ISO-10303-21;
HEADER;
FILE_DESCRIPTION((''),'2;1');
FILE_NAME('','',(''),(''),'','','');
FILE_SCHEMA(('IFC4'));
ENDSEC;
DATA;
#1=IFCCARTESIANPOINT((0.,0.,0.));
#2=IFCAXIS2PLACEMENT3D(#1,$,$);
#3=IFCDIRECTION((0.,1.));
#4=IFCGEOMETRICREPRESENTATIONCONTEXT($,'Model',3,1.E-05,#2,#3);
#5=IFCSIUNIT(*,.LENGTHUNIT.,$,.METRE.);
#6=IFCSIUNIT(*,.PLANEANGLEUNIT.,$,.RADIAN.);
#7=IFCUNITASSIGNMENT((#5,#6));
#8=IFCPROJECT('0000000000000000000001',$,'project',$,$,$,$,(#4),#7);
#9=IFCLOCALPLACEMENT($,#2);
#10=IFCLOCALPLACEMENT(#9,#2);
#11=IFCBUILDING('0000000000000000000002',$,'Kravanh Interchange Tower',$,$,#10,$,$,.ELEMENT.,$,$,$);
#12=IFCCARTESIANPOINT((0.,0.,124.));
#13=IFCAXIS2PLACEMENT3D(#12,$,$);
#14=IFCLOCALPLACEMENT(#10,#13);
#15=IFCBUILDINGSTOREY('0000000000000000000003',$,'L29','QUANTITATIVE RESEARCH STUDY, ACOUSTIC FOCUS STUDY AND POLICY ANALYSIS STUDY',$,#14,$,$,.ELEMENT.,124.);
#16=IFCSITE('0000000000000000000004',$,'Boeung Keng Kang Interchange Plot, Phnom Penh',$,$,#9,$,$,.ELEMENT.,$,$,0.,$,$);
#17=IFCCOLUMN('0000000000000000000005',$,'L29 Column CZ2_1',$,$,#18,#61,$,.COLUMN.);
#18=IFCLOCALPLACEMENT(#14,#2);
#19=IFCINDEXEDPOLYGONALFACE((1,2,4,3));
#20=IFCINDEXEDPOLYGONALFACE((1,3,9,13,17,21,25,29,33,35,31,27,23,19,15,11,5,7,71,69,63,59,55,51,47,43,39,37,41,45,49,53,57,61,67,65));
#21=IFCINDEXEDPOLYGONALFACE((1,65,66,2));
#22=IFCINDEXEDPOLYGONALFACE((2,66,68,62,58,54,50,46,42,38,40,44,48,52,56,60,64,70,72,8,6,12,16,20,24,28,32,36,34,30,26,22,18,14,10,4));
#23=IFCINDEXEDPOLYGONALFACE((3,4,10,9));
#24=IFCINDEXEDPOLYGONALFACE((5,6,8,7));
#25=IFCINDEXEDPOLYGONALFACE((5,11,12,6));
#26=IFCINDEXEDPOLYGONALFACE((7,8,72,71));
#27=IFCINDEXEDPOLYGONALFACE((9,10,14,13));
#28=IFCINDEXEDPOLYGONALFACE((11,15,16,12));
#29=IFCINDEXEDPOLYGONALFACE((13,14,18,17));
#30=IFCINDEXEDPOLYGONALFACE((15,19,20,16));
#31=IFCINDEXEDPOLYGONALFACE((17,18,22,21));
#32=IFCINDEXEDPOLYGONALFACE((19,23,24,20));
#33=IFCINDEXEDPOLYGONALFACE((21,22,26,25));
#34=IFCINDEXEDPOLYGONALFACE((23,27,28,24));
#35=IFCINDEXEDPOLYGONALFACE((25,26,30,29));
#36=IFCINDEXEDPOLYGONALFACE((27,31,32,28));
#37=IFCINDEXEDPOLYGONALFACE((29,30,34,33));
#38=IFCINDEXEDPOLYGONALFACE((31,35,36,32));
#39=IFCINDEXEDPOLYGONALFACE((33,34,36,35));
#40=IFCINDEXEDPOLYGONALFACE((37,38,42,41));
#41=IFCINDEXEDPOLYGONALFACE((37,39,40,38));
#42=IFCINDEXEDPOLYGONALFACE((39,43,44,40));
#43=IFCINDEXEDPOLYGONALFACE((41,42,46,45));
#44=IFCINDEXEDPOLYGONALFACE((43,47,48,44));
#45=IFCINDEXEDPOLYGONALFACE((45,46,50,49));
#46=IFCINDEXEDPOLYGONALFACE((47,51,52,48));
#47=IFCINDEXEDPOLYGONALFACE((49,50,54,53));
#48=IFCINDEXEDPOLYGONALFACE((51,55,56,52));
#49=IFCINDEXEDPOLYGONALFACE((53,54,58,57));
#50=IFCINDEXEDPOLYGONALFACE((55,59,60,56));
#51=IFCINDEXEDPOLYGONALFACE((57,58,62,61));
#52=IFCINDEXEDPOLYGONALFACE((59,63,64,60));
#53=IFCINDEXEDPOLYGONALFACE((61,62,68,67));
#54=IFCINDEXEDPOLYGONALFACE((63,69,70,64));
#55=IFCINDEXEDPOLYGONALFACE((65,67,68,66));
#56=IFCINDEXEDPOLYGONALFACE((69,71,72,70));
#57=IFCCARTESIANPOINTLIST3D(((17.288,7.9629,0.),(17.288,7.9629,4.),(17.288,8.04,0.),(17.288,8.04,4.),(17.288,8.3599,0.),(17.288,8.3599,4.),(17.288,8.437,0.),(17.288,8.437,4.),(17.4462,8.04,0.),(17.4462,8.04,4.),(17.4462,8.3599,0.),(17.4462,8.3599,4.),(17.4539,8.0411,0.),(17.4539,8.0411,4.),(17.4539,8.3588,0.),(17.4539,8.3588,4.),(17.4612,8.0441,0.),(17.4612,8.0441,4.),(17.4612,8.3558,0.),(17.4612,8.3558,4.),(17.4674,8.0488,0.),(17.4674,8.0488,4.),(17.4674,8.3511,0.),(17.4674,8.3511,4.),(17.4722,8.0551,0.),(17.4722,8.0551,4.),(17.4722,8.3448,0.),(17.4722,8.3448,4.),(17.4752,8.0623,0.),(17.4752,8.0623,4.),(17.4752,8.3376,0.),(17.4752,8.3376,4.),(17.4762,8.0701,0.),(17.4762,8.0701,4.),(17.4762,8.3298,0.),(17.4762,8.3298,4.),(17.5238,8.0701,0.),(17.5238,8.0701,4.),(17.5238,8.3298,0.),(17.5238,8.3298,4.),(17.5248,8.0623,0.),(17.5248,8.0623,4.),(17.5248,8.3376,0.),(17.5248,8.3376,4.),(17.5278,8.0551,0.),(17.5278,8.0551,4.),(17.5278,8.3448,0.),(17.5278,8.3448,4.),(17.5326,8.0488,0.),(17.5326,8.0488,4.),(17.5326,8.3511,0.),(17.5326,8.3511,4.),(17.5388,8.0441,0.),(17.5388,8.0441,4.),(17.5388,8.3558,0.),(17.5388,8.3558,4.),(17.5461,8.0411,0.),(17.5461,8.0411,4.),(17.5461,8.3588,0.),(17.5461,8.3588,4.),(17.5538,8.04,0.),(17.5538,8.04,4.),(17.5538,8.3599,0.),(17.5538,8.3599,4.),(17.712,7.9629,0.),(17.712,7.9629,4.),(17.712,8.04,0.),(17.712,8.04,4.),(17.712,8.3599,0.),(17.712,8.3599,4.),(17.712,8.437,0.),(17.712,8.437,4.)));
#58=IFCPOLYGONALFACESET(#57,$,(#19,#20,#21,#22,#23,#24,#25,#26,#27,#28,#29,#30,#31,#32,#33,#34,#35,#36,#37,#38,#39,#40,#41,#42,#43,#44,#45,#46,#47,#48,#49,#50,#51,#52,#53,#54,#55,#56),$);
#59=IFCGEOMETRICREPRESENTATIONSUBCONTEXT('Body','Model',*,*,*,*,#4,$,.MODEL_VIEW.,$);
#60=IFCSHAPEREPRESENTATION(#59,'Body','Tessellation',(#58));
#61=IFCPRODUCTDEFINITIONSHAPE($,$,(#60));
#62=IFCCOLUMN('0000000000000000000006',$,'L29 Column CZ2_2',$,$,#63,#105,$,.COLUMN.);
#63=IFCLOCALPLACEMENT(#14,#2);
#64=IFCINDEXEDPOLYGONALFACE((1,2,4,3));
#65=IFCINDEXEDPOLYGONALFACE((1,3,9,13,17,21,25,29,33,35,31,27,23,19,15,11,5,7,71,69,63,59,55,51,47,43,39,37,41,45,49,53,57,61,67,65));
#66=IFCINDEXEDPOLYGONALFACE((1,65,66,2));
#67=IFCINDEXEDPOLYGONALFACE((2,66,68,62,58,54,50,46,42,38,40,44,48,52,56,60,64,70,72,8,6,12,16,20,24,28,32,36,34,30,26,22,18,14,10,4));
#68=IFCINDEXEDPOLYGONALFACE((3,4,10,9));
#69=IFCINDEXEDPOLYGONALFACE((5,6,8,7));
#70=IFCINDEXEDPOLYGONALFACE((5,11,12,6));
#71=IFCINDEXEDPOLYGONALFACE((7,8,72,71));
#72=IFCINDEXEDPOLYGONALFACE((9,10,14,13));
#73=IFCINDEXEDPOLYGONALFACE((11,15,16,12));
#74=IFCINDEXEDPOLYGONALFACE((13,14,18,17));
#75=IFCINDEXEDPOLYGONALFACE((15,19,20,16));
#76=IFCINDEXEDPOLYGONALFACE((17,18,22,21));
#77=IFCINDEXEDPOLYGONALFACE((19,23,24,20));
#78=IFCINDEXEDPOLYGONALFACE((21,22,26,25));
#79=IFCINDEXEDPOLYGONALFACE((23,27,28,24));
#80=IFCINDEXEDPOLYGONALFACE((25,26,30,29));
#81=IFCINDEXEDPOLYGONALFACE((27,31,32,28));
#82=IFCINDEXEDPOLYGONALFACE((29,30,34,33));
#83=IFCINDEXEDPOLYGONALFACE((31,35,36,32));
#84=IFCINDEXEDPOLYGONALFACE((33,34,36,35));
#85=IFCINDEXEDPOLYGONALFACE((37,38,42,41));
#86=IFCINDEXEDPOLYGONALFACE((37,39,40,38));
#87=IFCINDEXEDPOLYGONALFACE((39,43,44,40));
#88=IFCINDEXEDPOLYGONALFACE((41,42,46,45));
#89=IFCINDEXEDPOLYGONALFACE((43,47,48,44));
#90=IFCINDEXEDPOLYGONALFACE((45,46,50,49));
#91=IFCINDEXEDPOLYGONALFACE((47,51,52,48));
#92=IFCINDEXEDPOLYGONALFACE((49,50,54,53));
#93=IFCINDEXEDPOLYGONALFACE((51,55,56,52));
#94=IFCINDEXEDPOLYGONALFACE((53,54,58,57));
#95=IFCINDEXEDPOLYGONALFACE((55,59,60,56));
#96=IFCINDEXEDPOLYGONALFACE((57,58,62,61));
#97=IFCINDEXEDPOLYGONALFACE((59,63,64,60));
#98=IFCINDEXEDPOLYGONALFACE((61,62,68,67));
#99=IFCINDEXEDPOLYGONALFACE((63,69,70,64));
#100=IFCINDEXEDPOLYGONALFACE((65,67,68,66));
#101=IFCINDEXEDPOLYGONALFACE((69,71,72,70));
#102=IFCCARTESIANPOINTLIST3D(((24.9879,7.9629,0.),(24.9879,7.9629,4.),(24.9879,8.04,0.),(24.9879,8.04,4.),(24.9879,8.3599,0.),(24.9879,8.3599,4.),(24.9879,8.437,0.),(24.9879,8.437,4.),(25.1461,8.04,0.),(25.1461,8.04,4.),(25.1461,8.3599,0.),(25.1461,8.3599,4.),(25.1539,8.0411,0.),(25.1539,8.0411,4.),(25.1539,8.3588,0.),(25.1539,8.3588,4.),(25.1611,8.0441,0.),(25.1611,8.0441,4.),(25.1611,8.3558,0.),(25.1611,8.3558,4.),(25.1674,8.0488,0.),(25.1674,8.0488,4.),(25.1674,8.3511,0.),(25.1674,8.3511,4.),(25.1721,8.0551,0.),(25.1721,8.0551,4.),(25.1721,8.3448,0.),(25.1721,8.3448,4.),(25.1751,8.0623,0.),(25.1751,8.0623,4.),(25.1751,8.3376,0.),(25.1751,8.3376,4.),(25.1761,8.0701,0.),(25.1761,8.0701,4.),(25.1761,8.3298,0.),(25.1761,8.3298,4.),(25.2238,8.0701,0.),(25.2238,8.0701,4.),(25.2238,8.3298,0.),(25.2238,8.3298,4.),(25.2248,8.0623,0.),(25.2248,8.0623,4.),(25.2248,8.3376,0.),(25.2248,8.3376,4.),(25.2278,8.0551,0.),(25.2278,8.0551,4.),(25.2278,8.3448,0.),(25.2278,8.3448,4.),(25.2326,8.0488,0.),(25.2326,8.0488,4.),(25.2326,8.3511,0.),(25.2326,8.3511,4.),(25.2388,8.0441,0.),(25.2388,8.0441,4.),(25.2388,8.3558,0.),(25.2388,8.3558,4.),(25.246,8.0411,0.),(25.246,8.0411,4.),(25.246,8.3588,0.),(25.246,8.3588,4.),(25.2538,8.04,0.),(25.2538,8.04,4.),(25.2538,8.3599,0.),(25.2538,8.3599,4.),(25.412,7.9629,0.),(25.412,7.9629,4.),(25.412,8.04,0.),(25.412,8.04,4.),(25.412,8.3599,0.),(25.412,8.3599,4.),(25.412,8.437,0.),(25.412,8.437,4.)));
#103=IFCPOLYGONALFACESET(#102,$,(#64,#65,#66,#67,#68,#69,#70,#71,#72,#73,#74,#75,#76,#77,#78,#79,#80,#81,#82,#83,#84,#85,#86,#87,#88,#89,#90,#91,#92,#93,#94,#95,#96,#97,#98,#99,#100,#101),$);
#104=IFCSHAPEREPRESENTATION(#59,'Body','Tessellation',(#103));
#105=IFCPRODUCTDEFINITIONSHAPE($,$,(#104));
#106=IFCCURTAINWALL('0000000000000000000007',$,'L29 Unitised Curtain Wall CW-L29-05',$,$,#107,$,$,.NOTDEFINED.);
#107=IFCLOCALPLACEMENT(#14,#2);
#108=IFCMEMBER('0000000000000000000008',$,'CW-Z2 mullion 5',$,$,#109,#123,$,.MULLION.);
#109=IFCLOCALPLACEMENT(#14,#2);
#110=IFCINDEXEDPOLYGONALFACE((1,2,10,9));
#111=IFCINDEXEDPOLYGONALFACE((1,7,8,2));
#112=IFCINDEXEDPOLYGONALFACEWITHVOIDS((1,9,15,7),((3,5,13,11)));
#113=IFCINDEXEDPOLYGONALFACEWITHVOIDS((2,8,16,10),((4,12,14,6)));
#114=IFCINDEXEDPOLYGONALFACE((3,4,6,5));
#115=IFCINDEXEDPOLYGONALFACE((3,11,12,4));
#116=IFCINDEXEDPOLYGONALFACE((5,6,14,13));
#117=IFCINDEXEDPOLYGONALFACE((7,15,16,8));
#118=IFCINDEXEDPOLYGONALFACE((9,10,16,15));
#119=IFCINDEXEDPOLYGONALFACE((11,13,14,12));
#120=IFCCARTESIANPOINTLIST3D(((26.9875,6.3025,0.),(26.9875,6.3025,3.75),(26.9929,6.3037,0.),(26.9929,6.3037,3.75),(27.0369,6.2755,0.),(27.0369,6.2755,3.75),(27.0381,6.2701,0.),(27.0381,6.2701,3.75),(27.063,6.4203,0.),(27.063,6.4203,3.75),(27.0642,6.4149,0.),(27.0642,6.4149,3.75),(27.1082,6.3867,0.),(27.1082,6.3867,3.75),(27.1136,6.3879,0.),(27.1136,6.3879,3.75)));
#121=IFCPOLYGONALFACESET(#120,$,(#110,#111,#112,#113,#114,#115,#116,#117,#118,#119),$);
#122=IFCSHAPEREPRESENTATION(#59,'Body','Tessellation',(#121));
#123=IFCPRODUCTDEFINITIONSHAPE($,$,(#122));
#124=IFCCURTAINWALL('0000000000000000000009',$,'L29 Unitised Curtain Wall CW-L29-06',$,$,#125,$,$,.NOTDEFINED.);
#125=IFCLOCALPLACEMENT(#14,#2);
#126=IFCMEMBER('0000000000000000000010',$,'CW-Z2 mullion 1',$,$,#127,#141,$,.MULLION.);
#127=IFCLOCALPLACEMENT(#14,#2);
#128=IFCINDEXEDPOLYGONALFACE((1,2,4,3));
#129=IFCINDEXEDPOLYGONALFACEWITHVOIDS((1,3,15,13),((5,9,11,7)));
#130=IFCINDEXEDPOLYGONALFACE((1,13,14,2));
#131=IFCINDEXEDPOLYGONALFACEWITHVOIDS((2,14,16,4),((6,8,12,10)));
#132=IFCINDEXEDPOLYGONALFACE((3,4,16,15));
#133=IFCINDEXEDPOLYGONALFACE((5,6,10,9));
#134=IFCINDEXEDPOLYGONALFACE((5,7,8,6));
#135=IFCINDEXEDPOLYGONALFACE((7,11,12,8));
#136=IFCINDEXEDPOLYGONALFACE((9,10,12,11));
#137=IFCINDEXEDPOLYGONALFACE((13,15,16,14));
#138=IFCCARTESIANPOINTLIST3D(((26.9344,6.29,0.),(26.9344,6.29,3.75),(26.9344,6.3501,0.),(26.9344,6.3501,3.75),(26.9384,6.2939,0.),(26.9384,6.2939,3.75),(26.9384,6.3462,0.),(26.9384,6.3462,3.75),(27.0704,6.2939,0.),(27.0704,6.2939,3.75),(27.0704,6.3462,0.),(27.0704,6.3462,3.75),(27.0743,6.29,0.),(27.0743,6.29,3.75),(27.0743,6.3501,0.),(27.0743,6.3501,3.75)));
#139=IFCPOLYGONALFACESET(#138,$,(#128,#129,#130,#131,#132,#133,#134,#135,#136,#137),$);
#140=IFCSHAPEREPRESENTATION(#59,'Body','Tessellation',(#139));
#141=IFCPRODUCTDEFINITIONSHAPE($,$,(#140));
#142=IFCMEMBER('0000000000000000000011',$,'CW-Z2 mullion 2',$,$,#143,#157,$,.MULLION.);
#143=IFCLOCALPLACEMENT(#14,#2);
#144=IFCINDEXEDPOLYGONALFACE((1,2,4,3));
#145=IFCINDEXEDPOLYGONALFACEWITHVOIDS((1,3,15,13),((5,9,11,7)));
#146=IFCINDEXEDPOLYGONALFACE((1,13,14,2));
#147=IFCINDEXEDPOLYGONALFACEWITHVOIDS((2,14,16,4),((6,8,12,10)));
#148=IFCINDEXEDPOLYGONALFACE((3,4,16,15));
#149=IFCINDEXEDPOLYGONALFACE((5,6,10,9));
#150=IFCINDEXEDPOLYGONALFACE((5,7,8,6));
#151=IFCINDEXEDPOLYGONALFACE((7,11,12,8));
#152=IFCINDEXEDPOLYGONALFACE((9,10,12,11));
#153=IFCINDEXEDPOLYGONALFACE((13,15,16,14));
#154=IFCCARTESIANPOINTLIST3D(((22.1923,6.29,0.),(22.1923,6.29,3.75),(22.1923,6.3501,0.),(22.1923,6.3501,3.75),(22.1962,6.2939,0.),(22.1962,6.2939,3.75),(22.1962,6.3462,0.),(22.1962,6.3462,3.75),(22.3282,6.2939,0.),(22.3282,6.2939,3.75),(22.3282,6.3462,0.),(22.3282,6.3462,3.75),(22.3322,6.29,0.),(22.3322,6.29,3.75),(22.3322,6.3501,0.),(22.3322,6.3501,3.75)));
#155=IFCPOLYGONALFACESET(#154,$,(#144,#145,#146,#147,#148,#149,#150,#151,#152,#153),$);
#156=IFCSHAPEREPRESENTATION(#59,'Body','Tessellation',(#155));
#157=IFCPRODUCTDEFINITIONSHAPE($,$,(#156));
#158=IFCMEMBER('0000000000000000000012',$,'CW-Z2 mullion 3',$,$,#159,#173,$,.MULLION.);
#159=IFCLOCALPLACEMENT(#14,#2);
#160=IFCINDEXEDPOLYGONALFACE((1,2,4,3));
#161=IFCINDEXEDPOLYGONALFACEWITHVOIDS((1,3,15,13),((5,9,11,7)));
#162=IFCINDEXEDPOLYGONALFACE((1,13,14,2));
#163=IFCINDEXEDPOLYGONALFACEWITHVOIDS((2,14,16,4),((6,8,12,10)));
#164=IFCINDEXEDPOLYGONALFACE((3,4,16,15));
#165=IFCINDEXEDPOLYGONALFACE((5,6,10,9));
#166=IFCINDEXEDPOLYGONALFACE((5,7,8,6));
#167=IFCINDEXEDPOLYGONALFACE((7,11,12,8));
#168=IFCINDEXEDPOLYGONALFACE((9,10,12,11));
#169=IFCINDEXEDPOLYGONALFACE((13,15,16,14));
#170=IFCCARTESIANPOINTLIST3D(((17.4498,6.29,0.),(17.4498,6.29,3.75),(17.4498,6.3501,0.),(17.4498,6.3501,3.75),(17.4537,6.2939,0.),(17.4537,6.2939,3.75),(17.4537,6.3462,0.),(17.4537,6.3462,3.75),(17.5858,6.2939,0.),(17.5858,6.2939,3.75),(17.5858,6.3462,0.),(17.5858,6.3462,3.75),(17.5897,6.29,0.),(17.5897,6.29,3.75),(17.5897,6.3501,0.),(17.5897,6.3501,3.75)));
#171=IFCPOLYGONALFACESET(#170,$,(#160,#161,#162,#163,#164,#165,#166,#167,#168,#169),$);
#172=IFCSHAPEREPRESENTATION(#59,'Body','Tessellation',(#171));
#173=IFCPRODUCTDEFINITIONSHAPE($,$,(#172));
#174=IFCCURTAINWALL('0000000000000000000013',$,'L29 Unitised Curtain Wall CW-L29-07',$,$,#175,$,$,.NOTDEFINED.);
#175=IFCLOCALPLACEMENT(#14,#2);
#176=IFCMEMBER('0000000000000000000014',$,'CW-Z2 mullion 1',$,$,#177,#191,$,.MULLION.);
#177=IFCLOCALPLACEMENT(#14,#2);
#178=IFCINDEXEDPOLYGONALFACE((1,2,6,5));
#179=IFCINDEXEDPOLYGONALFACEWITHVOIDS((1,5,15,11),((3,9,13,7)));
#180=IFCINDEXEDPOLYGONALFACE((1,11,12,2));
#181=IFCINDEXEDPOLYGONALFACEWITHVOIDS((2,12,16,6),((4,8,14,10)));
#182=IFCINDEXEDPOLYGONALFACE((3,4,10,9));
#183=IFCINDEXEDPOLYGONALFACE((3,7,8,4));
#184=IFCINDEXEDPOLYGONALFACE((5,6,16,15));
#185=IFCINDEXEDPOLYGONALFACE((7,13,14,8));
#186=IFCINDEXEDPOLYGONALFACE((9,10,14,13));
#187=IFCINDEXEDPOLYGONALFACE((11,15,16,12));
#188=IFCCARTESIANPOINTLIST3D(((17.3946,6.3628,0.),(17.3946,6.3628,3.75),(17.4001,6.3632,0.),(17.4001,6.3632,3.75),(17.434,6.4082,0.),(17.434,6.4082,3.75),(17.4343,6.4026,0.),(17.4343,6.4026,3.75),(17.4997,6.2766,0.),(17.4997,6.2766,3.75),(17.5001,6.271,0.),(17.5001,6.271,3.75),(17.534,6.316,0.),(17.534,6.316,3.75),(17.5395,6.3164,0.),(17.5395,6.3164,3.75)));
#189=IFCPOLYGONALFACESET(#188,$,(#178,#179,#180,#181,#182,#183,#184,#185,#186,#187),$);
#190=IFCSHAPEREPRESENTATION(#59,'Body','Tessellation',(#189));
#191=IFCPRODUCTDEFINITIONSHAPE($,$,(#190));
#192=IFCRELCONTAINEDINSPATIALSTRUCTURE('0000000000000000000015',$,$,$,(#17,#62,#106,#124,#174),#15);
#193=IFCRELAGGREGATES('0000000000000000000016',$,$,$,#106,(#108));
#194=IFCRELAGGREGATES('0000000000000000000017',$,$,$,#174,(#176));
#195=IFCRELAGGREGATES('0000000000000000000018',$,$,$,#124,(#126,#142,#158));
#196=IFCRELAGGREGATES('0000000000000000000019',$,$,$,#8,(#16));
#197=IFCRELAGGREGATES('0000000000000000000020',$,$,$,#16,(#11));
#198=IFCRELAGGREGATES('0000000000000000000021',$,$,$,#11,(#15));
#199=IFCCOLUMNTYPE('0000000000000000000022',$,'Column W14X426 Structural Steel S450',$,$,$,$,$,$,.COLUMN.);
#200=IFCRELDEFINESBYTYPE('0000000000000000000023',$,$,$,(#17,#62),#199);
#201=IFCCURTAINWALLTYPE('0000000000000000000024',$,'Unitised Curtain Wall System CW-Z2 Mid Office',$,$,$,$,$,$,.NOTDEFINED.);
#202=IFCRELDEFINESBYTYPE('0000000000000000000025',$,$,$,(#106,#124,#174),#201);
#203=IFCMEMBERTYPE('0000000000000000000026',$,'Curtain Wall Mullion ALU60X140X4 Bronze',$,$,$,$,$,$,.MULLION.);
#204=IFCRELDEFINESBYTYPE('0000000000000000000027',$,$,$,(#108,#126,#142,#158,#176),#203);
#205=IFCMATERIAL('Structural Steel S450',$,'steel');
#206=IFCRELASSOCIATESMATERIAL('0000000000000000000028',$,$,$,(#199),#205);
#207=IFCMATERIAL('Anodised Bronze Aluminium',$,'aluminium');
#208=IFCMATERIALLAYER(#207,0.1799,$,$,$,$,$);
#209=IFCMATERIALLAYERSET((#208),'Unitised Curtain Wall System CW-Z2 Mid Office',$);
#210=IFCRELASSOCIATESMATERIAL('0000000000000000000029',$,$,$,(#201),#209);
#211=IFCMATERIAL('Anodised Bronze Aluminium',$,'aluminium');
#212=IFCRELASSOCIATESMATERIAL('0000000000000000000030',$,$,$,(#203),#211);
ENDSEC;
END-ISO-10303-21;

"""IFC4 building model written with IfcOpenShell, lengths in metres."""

from ifc_helpers import new_model, si_unit, direction, frame, origin, origin_2d, place, context, subcontext, project, spatial, hollow_rectangle, i_section, extrude, material, layer, layer_set, material_profile, profile_set, type_object, element, aggregate, save


model = new_model("IFC4")

# Units and contexts
model_context = context("Model", 3, precision=1e-05, world=origin(), true_north=direction((0.0, 1.0)))
body_context = subcontext(model_context, "Body", "Model", "MODEL_VIEW")
ifc_project = project(units=[si_unit("LENGTHUNIT", "METRE"), si_unit("PLANEANGLEUNIT", "RADIAN")], contexts=[model_context])

# Site, building, storey
site_placement = place(None, origin())
site = spatial("IfcSite", under=ifc_project, at=site_placement, Name="Boeung Keng Kang Interchange Plot, Phnom Penh", CompositionType="ELEMENT", RefElevation=0.0)
building_placement = place(site_placement, origin())
building = spatial("IfcBuilding", under=site, at=building_placement, Name="Kravanh Interchange Tower", CompositionType="ELEMENT")
storey_placement = place(building_placement, frame((0.0, 0.0, 124.0)))
storey = spatial("IfcBuildingStorey", under=building, at=storey_placement, Name="L29", Description="QUANTITATIVE RESEARCH STUDY, ACOUSTIC FOCUS STUDY AND POLICY ANALYSIS STUDY", CompositionType="ELEMENT", Elevation=124.0)

# Columns
ifc_material_1 = material(Name="Structural Steel S450", Category="steel")
ifc_material_profile_1 = material_profile(ifc_material_1, i_section(OverallWidth=0.4241, OverallDepth=0.4741, WebThickness=0.0476, FlangeThickness=0.0771, FilletRadius=0.03, at=origin_2d()), Name="W14X426")
ifc_profile_set_1 = profile_set([ifc_material_profile_1], Name="Structural Steel S450")
column_type = type_object("IfcColumnType", Name="Column W14X426 Structural Steel S450", PredefinedType="COLUMN", material=ifc_profile_set_1)
for number, where, z_axis, x_axis, name in (
    (1, (17.5, 8.2, 0.0), (0.0, 0.0, 1.0), (1.0, 0.0, 0.0), "L29 Column CZ2_1"),
    (2, (25.2, 8.2, 0.0), (0.0, 0.0, 1.0), (1.0, 0.0, 0.0), "L29 Column CZ2_2"),
):
    element("IfcColumn", number, at=place(storey_placement, frame(where, z_axis=z_axis, x_axis=x_axis)), inside=storey, type_object=column_type, Name=name, PredefinedType="COLUMN", context=body_context, shape_type="SweptSolid", body=[
        extrude(i_section(OverallWidth=0.4241, OverallDepth=0.4741, WebThickness=0.0476, FlangeThickness=0.0771, FilletRadius=0.03, at=origin_2d()), origin(), (0.0, 0.0, 1.0), 4.0),
    ])

# Curtain wall, member
ifc_material_2 = material(Name="Anodised Bronze Aluminium", Category="aluminium")
ifc_layer_1 = layer(ifc_material_2, 0.1799)
ifc_layer_set_1 = layer_set([ifc_layer_1], Name="Unitised Curtain Wall System CW-Z2 Mid Office")
curtain_wall_type = type_object("IfcCurtainWallType", Name="Unitised Curtain Wall System CW-Z2 Mid Office", PredefinedType="NOTDEFINED", material=ifc_layer_set_1)
curtain_wall_1_placement = place(storey_placement, origin())
curtain_wall_1 = element("IfcCurtainWall", 3, at=curtain_wall_1_placement, inside=storey, type_object=curtain_wall_type, Name="L29 Unitised Curtain Wall CW-L29-05", PredefinedType="NOTDEFINED")
ifc_material_3 = material(Name="Anodised Bronze Aluminium", Category="aluminium")
ifc_material_profile_2 = material_profile(ifc_material_3, hollow_rectangle(XDim=0.0601, YDim=0.1399, WallThickness=0.0039, at=origin_2d()), Name="ALU60X140X4")
ifc_profile_set_2 = profile_set([ifc_material_profile_2], Name="Anodised Bronze Aluminium")
member_type_1 = type_object("IfcMemberType", Name="Curtain Wall Mullion ALU60X140X4 Bronze", PredefinedType="MULLION", material=ifc_profile_set_2)
member_1_placement = place(storey_placement, frame((27.0505, 6.3452, 0.0), z_axis=(0.0, 0.0, 1.0), x_axis=(0.84188, -0.539665, 0.0)))
member_1 = element("IfcMember", 4, at=member_1_placement, type_object=member_type_1, Name="CW-Z2 mullion 5", PredefinedType="MULLION", context=body_context, shape_type="SweptSolid", body=[
    extrude(hollow_rectangle(XDim=0.0601, YDim=0.1399, WallThickness=0.0039, at=origin_2d()), origin(), (0.0, 0.0, 1.0), 3.75),
])
aggregate(curtain_wall_1, [member_1])

# Curtain wall, members
curtain_wall_2_placement = place(storey_placement, origin())
curtain_wall_2 = element("IfcCurtainWall", 5, at=curtain_wall_2_placement, inside=storey, type_object=curtain_wall_type, Name="L29 Unitised Curtain Wall CW-L29-06", PredefinedType="NOTDEFINED")
member_2_placement = place(storey_placement, frame((27.0044, 6.3201, 0.0), z_axis=(0.0, 0.0, 1.0), x_axis=(0.0, -1.0, 0.0)))
member_2 = element("IfcMember", 6, at=member_2_placement, type_object=member_type_1, Name="CW-Z2 mullion 1", PredefinedType="MULLION", context=body_context, shape_type="SweptSolid", body=[
    extrude(hollow_rectangle(XDim=0.0601, YDim=0.1399, WallThickness=0.0039, at=origin_2d()), origin(), (0.0, 0.0, 1.0), 3.75),
])
member_3_placement = place(storey_placement, frame((22.2622, 6.3201, 0.0), z_axis=(0.0, 0.0, 1.0), x_axis=(0.0, -1.0, 0.0)))
member_3 = element("IfcMember", 7, at=member_3_placement, type_object=member_type_1, Name="CW-Z2 mullion 2", PredefinedType="MULLION", context=body_context, shape_type="SweptSolid", body=[
    extrude(hollow_rectangle(XDim=0.0601, YDim=0.1399, WallThickness=0.0039, at=origin_2d()), origin(), (0.0, 0.0, 1.0), 3.75),
])
member_4_placement = place(storey_placement, frame((17.5198, 6.3201, 0.0), z_axis=(0.0, 0.0, 1.0), x_axis=(0.0, -1.0, 0.0)))
member_4 = element("IfcMember", 8, at=member_4_placement, type_object=member_type_1, Name="CW-Z2 mullion 3", PredefinedType="MULLION", context=body_context, shape_type="SweptSolid", body=[
    extrude(hollow_rectangle(XDim=0.0601, YDim=0.1399, WallThickness=0.0039, at=origin_2d()), origin(), (0.0, 0.0, 1.0), 3.75),
])

# Curtain wall, member
curtain_wall_3_placement = place(storey_placement, origin())
curtain_wall_3 = element("IfcCurtainWall", 9, at=curtain_wall_3_placement, inside=storey, type_object=curtain_wall_type, Name="L29 Unitised Curtain Wall CW-L29-07", PredefinedType="NOTDEFINED")
member_5_placement = place(storey_placement, frame((17.467, 6.3396, 0.0), z_axis=(0.0, 0.0, 1.0), x_axis=(-0.656048, -0.754719, 0.0)))
member_5 = element("IfcMember", 10, at=member_5_placement, type_object=member_type_1, Name="CW-Z2 mullion 1", PredefinedType="MULLION", context=body_context, shape_type="SweptSolid", body=[
    extrude(hollow_rectangle(XDim=0.0601, YDim=0.1399, WallThickness=0.0039, at=origin_2d()), origin(), (0.0, 0.0, 1.0), 3.75),
])
aggregate(curtain_wall_3, [member_5])

aggregate(curtain_wall_2, [member_2, member_3, member_4])

save(model, "model.ifc")
